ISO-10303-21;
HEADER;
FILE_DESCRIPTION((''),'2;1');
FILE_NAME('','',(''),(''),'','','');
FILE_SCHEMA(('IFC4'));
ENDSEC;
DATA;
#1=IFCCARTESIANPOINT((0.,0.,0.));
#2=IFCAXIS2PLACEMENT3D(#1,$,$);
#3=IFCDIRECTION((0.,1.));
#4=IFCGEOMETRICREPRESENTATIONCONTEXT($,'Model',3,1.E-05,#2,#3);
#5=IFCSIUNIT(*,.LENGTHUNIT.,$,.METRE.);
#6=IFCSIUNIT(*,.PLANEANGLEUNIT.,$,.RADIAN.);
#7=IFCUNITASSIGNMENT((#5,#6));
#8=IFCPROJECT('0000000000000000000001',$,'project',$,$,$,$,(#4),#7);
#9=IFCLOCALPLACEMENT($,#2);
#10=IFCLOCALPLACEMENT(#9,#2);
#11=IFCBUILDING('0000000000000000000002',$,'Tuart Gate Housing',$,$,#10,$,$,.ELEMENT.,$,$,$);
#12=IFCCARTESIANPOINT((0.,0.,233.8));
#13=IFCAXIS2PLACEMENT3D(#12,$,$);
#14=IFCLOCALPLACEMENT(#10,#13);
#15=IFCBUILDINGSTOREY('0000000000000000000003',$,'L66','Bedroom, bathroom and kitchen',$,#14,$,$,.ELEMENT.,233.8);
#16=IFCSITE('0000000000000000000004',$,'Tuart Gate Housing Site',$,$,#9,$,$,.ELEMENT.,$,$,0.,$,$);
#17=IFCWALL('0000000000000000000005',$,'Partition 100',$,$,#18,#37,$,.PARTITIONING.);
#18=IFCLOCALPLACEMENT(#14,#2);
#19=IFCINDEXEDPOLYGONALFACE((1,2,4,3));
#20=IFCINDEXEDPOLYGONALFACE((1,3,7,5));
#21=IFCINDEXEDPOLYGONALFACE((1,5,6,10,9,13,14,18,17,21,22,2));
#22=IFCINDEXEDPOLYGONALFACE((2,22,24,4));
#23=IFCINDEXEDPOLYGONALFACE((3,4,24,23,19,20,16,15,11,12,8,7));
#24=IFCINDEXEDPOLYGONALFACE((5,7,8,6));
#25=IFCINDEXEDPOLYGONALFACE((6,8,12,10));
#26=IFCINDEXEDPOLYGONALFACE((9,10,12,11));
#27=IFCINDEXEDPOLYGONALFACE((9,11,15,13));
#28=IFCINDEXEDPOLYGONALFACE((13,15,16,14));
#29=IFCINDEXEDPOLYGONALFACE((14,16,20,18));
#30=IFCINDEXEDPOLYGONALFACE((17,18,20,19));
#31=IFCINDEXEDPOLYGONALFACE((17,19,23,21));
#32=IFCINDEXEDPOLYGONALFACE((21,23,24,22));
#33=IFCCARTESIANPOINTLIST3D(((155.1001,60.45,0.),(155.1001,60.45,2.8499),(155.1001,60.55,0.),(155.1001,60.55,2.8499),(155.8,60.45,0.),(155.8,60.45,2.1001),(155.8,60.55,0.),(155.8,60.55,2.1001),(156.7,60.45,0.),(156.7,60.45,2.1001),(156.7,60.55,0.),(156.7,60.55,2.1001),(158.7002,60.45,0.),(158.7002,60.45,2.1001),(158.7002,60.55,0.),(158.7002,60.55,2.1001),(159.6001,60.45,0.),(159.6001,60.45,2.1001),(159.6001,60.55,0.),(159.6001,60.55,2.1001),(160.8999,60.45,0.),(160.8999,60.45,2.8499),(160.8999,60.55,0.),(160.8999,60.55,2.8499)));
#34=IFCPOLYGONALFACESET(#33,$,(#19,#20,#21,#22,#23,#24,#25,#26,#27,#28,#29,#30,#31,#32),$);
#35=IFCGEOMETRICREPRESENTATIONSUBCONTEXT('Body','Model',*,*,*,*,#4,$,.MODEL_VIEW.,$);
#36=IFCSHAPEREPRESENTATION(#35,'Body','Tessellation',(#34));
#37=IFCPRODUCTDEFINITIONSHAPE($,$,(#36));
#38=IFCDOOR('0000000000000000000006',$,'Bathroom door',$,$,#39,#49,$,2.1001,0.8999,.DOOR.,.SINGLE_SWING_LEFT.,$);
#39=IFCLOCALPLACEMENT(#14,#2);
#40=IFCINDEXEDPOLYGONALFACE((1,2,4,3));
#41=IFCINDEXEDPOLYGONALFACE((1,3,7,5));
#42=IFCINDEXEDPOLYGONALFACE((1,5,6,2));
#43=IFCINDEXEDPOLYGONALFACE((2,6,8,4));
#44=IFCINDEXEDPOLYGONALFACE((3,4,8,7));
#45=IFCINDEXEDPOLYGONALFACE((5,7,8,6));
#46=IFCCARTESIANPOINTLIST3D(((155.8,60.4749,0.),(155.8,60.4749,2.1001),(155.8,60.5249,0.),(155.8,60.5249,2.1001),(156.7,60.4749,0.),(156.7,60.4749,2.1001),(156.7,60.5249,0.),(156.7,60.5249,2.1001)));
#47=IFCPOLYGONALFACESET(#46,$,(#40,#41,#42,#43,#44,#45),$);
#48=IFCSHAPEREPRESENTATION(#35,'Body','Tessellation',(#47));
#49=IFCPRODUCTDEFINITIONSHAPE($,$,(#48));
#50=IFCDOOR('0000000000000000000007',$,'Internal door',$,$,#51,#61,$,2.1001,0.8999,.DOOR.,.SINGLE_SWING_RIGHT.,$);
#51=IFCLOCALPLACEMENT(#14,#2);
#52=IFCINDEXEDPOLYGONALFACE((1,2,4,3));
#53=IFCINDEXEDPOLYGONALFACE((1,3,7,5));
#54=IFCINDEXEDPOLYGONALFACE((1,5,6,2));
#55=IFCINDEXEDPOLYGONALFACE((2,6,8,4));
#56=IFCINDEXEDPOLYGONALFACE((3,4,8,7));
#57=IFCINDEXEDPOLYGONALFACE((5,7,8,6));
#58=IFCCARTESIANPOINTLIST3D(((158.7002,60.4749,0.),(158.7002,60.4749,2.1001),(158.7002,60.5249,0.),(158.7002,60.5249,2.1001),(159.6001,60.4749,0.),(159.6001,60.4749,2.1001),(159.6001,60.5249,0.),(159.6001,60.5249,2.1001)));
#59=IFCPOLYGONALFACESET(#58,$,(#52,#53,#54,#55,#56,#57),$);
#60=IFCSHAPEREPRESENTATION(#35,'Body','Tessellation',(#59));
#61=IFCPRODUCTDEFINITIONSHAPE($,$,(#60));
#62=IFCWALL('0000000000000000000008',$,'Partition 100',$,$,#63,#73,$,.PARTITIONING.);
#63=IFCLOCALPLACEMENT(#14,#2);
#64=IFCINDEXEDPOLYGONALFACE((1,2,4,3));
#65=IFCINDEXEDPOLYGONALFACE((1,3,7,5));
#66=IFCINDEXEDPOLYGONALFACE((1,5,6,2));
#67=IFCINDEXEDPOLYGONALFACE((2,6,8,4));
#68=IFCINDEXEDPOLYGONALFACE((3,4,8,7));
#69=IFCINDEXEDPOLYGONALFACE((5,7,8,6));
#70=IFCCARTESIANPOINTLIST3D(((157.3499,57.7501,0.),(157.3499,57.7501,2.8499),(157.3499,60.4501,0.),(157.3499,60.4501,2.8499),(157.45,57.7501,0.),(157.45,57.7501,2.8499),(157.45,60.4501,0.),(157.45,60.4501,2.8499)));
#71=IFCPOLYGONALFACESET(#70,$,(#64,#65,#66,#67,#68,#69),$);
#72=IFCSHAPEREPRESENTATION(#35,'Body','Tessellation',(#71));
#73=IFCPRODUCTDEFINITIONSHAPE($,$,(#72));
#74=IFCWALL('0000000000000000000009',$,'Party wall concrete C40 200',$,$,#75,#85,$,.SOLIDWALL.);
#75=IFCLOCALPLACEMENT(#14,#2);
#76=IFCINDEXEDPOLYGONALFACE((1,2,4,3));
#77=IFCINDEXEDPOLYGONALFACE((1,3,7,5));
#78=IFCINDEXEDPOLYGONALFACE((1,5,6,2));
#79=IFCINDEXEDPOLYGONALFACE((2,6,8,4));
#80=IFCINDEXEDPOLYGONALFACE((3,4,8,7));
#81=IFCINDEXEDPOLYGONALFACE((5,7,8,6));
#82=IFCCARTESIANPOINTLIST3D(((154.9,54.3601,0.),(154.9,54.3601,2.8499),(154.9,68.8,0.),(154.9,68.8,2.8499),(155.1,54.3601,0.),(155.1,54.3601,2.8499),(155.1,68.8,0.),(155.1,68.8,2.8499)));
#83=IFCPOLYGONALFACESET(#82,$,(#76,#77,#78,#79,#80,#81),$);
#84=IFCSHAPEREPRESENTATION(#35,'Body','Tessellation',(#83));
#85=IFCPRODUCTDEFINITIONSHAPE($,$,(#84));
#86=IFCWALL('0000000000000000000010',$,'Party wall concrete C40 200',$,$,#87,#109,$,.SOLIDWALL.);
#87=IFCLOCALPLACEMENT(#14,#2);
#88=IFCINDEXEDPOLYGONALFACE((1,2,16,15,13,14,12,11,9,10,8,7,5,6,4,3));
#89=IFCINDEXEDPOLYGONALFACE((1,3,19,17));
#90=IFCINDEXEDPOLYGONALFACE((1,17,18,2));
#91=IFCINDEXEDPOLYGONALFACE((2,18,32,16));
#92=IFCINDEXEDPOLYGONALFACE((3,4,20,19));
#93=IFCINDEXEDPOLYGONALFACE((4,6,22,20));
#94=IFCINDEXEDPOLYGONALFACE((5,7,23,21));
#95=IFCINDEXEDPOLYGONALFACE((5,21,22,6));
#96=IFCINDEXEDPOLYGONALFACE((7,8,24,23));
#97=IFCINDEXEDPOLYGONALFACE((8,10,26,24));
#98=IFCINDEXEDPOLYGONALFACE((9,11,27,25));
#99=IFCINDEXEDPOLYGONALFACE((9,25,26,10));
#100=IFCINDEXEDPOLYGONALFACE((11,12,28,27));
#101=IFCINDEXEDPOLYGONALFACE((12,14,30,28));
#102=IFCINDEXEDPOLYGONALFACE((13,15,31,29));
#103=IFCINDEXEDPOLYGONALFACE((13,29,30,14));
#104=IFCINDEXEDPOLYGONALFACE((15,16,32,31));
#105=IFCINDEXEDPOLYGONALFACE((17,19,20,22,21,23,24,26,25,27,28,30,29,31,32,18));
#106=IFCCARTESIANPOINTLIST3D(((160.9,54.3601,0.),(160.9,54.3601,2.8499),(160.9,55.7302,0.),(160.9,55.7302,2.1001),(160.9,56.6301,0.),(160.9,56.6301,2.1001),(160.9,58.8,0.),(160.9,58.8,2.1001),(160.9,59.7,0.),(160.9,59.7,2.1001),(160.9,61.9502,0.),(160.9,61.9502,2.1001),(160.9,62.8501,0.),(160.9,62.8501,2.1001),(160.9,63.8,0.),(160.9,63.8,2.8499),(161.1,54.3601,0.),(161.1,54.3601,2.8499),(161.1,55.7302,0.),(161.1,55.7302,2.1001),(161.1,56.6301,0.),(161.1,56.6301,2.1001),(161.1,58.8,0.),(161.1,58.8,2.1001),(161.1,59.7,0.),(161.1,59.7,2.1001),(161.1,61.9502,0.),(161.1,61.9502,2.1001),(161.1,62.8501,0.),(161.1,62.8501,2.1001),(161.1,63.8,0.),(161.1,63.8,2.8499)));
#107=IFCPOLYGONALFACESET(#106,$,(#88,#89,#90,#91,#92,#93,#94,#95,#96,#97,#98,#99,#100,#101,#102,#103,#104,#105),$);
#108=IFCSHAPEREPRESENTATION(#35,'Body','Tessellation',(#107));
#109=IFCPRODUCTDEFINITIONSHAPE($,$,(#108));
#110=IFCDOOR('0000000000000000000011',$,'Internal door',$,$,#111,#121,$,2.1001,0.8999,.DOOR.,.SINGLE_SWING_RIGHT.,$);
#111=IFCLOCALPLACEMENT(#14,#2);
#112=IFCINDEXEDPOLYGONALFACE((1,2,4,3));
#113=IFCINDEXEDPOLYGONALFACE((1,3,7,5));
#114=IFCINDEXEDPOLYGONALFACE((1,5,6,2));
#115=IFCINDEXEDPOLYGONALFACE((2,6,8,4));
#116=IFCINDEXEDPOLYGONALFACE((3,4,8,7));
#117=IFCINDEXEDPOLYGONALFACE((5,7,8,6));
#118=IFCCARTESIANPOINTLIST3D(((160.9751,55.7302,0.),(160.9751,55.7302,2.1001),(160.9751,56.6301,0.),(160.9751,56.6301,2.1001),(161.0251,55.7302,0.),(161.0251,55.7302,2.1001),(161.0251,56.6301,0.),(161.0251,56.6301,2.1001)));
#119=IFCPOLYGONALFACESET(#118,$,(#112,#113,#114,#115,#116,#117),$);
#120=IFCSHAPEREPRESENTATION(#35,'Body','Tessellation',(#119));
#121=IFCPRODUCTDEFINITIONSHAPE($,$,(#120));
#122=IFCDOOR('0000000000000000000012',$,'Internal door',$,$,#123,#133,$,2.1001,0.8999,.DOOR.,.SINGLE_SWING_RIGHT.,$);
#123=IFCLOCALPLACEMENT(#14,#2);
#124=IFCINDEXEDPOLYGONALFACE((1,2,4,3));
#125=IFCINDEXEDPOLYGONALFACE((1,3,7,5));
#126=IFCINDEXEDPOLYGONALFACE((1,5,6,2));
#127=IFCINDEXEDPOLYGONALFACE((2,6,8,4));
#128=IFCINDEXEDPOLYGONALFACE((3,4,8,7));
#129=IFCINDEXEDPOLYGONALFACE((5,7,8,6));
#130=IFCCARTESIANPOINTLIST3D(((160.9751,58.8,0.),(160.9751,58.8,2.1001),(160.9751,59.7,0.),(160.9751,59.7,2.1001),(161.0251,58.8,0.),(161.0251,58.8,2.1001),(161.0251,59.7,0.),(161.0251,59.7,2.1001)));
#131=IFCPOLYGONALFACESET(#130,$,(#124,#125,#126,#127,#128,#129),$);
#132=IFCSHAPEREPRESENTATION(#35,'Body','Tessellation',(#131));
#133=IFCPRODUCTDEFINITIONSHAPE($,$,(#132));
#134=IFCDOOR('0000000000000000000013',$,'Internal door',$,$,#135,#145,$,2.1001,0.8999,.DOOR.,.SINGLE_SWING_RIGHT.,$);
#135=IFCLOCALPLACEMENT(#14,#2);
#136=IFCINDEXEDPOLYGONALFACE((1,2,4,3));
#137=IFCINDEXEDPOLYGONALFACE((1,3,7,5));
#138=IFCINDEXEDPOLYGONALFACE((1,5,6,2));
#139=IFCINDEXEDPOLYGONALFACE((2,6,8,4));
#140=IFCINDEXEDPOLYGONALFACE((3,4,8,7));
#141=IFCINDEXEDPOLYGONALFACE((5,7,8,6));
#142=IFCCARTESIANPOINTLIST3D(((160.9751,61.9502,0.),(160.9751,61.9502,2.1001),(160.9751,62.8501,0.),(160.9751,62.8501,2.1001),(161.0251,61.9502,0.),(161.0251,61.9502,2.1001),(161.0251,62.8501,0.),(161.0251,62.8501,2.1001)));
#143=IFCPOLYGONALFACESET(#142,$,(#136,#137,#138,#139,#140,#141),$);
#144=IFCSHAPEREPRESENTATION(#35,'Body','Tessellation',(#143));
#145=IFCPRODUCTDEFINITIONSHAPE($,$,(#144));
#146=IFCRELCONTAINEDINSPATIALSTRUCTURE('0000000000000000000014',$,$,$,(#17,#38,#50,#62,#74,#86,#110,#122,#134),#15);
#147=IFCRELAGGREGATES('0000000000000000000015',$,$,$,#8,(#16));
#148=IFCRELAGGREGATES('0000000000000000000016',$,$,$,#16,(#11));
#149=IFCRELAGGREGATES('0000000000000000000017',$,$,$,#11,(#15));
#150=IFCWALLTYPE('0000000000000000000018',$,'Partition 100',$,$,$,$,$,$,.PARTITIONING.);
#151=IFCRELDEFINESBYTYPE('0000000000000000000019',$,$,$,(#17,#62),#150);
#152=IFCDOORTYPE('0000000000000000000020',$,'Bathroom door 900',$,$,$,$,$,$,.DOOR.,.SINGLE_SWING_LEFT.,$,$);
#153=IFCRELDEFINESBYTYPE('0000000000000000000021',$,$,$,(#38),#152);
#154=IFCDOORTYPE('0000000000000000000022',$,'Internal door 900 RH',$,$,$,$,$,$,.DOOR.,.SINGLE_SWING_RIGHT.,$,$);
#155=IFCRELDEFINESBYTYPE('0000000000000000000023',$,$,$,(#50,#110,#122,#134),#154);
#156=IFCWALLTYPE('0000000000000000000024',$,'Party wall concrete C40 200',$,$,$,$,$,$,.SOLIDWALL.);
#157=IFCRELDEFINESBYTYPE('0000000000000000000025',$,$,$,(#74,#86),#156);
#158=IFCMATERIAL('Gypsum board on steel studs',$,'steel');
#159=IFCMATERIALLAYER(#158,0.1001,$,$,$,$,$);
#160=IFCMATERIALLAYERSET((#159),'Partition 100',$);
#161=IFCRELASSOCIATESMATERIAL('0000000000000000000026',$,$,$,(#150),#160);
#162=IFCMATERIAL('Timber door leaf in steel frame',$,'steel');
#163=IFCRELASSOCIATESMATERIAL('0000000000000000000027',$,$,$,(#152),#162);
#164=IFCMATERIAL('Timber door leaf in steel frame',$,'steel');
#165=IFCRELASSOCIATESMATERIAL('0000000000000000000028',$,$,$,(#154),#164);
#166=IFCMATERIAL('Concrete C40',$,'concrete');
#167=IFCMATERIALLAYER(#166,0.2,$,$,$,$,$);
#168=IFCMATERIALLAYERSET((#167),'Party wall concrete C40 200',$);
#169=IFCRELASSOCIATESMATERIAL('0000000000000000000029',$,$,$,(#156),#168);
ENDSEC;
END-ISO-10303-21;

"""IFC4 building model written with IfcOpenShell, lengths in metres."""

from ifc_helpers import new_model, si_unit, direction, frame, frame_2d, origin, place, context, subcontext, project, spatial, rectangle, extrude, material, layer, layer_set, type_object, element, fill, save


model = new_model("IFC4")

# Units and contexts
model_context = context("Model", 3, precision=1e-05, world=origin(), true_north=direction((0.0, 1.0)))
body_context = subcontext(model_context, "Body", "Model", "MODEL_VIEW")
ifc_project = project(units=[si_unit("LENGTHUNIT", "METRE"), si_unit("PLANEANGLEUNIT", "RADIAN")], contexts=[model_context])

# Site, building, storey
site_placement = place(None, origin())
site = spatial("IfcSite", under=ifc_project, at=site_placement, Name="Tuart Gate Housing Site", CompositionType="ELEMENT", RefElevation=0.0)
building_placement = place(site_placement, origin())
building = spatial("IfcBuilding", under=site, at=building_placement, Name="Tuart Gate Housing", CompositionType="ELEMENT")
storey_placement = place(building_placement, frame((0.0, 0.0, 233.8)))
storey = spatial("IfcBuildingStorey", under=building, at=storey_placement, Name="L66", Description="Bedroom, bathroom and kitchen", CompositionType="ELEMENT", Elevation=233.8)

# Shared definitions
ifc_material_1 = material(Name="Gypsum board on steel studs", Category="steel")
ifc_layer_1 = layer(ifc_material_1, 0.1001)
ifc_layer_set_1 = layer_set([ifc_layer_1], Name="Partition 100")
wall_type_1 = type_object("IfcWallType", Name="Partition 100", PredefinedType="PARTITIONING", material=ifc_layer_set_1)

# Wall, openings, doors
wall_1_placement = place(storey_placement, frame((155.1001, 60.5, 0.0), z_axis=(0.0, 0.0, 1.0), x_axis=(1.0, 0.0, 0.0)))
wall_1 = element("IfcWall", 1, at=wall_1_placement, inside=storey, type_object=wall_type_1, Name="Partition 100", PredefinedType="PARTITIONING", context=body_context, shape_type="SweptSolid", body=[
    extrude(rectangle(XDim=5.7998, YDim=0.1001, at=frame_2d((2.8999, 0.0))), origin(), (0.0, 0.0, 1.0), 2.8499),
])
opening_1_placement = place(wall_1_placement, frame((3.6001, 0.0, 0.0)))
opening_1 = element("IfcOpeningElement", 2, at=opening_1_placement, cuts=wall_1, PredefinedType="OPENING", context=body_context, shape_type="SweptSolid", body=[
    extrude(rectangle(XDim=0.8999, YDim=2.1001, at=frame_2d((0.45, 1.05))), frame((0.0, 0.0601, 0.0), z_axis=(0.0, -1.0, 0.0), x_axis=(1.0, 0.0, 0.0)), (0.0, 0.0, 1.0), 0.1201),
])
opening_2_placement = place(wall_1_placement, frame((0.7, 0.0, 0.0)))
opening_2 = element("IfcOpeningElement", 3, at=opening_2_placement, cuts=wall_1, PredefinedType="OPENING", context=body_context, shape_type="SweptSolid", body=[
    extrude(rectangle(XDim=0.8999, YDim=2.1001, at=frame_2d((0.45, 1.05))), frame((0.0, 0.0601, 0.0), z_axis=(0.0, -1.0, 0.0), x_axis=(1.0, 0.0, 0.0)), (0.0, 0.0, 1.0), 0.1201),
])
ifc_material_2 = material(Name="Timber door leaf in steel frame", Category="steel")
door_type_1 = type_object("IfcDoorType", Name="Bathroom door 900", OperationType="SINGLE_SWING_LEFT", PredefinedType="DOOR", material=ifc_material_2)
door_1_placement = place(opening_2_placement, frame((0.8999, 0.0, 0.0), z_axis=(0.0, 0.0, 1.0), x_axis=(-1.0, 0.0, 0.0)))
door_1 = element("IfcDoor", 4, at=door_1_placement, inside=storey, type_object=door_type_1, Name="Bathroom door", OperationType="SINGLE_SWING_LEFT", OverallHeight=2.1001, OverallWidth=0.8999, PredefinedType="DOOR", context=body_context, shape_type="SweptSolid", body=[
    extrude(rectangle(XDim=0.8999, YDim=2.1001, at=frame_2d((0.45, 1.05))), frame((0.0, 0.0251, 0.0), z_axis=(0.0, -1.0, 0.0), x_axis=(1.0, 0.0, 0.0)), (0.0, 0.0, 1.0), 0.05),
])
fill(opening_2, door_1)
ifc_material_3 = material(Name="Timber door leaf in steel frame", Category="steel")
door_type_2 = type_object("IfcDoorType", Name="Internal door 900 RH", OperationType="SINGLE_SWING_RIGHT", PredefinedType="DOOR", material=ifc_material_3)
door_2_placement = place(opening_1_placement, origin())
door_2 = element("IfcDoor", 5, at=door_2_placement, inside=storey, type_object=door_type_2, Name="Internal door", OperationType="SINGLE_SWING_RIGHT", OverallHeight=2.1001, OverallWidth=0.8999, PredefinedType="DOOR", context=body_context, shape_type="SweptSolid", body=[
    extrude(rectangle(XDim=0.8999, YDim=2.1001, at=frame_2d((0.45, 1.05))), frame((0.0, 0.0249, 0.0), z_axis=(0.0, -1.0, 0.0), x_axis=(1.0, 0.0, 0.0)), (0.0, 0.0, 1.0), 0.05),
])
fill(opening_1, door_2)

# Walls
wall_2_placement = place(storey_placement, frame((157.3999, 57.75, 0.0), z_axis=(0.0, 0.0, 1.0), x_axis=(0.0, 1.0, 0.0)))
element("IfcWall", 6, at=wall_2_placement, inside=storey, type_object=wall_type_1, Name="Partition 100", PredefinedType="PARTITIONING", context=body_context, shape_type="SweptSolid", body=[
    extrude(rectangle(XDim=2.7, YDim=0.1001, at=frame_2d((1.3501, 0.0))), origin(), (0.0, 0.0, 1.0), 2.8499),
])
ifc_material_4 = material(Name="Concrete C40", Category="concrete")
ifc_layer_2 = layer(ifc_material_4, 0.2)
ifc_layer_set_2 = layer_set([ifc_layer_2], Name="Party wall concrete C40 200")
wall_type_2 = type_object("IfcWallType", Name="Party wall concrete C40 200", PredefinedType="SOLIDWALL", material=ifc_layer_set_2)
wall_3_placement = place(storey_placement, frame((155.0, 54.3601, 0.0), z_axis=(0.0, 0.0, 1.0), x_axis=(0.0, 1.0, 0.0)))
element("IfcWall", 7, at=wall_3_placement, inside=storey, type_object=wall_type_2, Name="Party wall concrete C40 200", PredefinedType="SOLIDWALL", context=body_context, shape_type="SweptSolid", body=[
    extrude(rectangle(XDim=14.4399, YDim=0.2, at=frame_2d((7.22, 0.0))), origin(), (0.0, 0.0, 1.0), 2.8499),
])

# Wall, openings, doors
wall_4_placement = place(storey_placement, frame((161.0, 54.3601, 0.0), z_axis=(0.0, 0.0, 1.0), x_axis=(0.0, 1.0, 0.0)))
wall_4 = element("IfcWall", 8, at=wall_4_placement, inside=storey, type_object=wall_type_2, Name="Party wall concrete C40 200", PredefinedType="SOLIDWALL", context=body_context, shape_type="SweptSolid", body=[
    extrude(rectangle(XDim=9.4399, YDim=0.2, at=frame_2d((4.72, 0.0))), origin(), (0.0, 0.0, 1.0), 2.8499),
])
opening_3_placement = place(wall_4_placement, frame((1.3701, 0.0, 0.0)))
opening_3 = element("IfcOpeningElement", 9, at=opening_3_placement, cuts=wall_4, PredefinedType="OPENING", context=body_context, shape_type="SweptSolid", body=[
    extrude(rectangle(XDim=0.8999, YDim=2.1001, at=frame_2d((0.45, 1.05))), frame((0.0, 0.1099, 0.0), z_axis=(0.0, -1.0, 0.0), x_axis=(1.0, 0.0, 0.0)), (0.0, 0.0, 1.0), 0.22),
])
opening_4_placement = place(wall_4_placement, frame((4.4399, 0.0, 0.0)))
opening_4 = element("IfcOpeningElement", 10, at=opening_4_placement, cuts=wall_4, PredefinedType="OPENING", context=body_context, shape_type="SweptSolid", body=[
    extrude(rectangle(XDim=0.8999, YDim=2.1001, at=frame_2d((0.45, 1.05))), frame((0.0, 0.1099, 0.0), z_axis=(0.0, -1.0, 0.0), x_axis=(1.0, 0.0, 0.0)), (0.0, 0.0, 1.0), 0.22),
])
opening_5_placement = place(wall_4_placement, frame((7.5901, 0.0, 0.0)))
opening_5 = element("IfcOpeningElement", 11, at=opening_5_placement, cuts=wall_4, PredefinedType="OPENING", context=body_context, shape_type="SweptSolid", body=[
    extrude(rectangle(XDim=0.8999, YDim=2.1001, at=frame_2d((0.45, 1.05))), frame((0.0, 0.1099, 0.0), z_axis=(0.0, -1.0, 0.0), x_axis=(1.0, 0.0, 0.0)), (0.0, 0.0, 1.0), 0.22),
])
door_3_placement = place(opening_3_placement, frame((0.8999, 0.0, 0.0), z_axis=(0.0, 0.0, 1.0), x_axis=(-1.0, 0.0, 0.0)))
door_3 = element("IfcDoor", 12, at=door_3_placement, inside=storey, type_object=door_type_2, Name="Internal door", OperationType="SINGLE_SWING_RIGHT", OverallHeight=2.1001, OverallWidth=0.8999, PredefinedType="DOOR", context=body_context, shape_type="SweptSolid", body=[
    extrude(rectangle(XDim=0.8999, YDim=2.1001, at=frame_2d((0.45, 1.05))), frame((0.0, 0.0251, 0.0), z_axis=(0.0, -1.0, 0.0), x_axis=(1.0, 0.0, 0.0)), (0.0, 0.0, 1.0), 0.05),
])
fill(opening_3, door_3)
door_4_placement = place(opening_4_placement, frame((0.8999, 0.0, 0.0), z_axis=(0.0, 0.0, 1.0), x_axis=(-1.0, 0.0, 0.0)))
door_4 = element("IfcDoor", 13, at=door_4_placement, inside=storey, type_object=door_type_2, Name="Internal door", OperationType="SINGLE_SWING_RIGHT", OverallHeight=2.1001, OverallWidth=0.8999, PredefinedType="DOOR", context=body_context, shape_type="SweptSolid", body=[
    extrude(rectangle(XDim=0.8999, YDim=2.1001, at=frame_2d((0.45, 1.05))), frame((0.0, 0.0251, 0.0), z_axis=(0.0, -1.0, 0.0), x_axis=(1.0, 0.0, 0.0)), (0.0, 0.0, 1.0), 0.05),
])
fill(opening_4, door_4)
door_5_placement = place(opening_5_placement, frame((0.8999, 0.0, 0.0), z_axis=(0.0, 0.0, 1.0), x_axis=(-1.0, 0.0, 0.0)))
door_5 = element("IfcDoor", 14, at=door_5_placement, inside=storey, type_object=door_type_2, Name="Internal door", OperationType="SINGLE_SWING_RIGHT", OverallHeight=2.1001, OverallWidth=0.8999, PredefinedType="DOOR", context=body_context, shape_type="SweptSolid", body=[
    extrude(rectangle(XDim=0.8999, YDim=2.1001, at=frame_2d((0.45, 1.05))), frame((0.0, 0.0251, 0.0), z_axis=(0.0, -1.0, 0.0), x_axis=(1.0, 0.0, 0.0)), (0.0, 0.0, 1.0), 0.05),
])
fill(opening_5, door_5)

save(model, "model.ifc")
